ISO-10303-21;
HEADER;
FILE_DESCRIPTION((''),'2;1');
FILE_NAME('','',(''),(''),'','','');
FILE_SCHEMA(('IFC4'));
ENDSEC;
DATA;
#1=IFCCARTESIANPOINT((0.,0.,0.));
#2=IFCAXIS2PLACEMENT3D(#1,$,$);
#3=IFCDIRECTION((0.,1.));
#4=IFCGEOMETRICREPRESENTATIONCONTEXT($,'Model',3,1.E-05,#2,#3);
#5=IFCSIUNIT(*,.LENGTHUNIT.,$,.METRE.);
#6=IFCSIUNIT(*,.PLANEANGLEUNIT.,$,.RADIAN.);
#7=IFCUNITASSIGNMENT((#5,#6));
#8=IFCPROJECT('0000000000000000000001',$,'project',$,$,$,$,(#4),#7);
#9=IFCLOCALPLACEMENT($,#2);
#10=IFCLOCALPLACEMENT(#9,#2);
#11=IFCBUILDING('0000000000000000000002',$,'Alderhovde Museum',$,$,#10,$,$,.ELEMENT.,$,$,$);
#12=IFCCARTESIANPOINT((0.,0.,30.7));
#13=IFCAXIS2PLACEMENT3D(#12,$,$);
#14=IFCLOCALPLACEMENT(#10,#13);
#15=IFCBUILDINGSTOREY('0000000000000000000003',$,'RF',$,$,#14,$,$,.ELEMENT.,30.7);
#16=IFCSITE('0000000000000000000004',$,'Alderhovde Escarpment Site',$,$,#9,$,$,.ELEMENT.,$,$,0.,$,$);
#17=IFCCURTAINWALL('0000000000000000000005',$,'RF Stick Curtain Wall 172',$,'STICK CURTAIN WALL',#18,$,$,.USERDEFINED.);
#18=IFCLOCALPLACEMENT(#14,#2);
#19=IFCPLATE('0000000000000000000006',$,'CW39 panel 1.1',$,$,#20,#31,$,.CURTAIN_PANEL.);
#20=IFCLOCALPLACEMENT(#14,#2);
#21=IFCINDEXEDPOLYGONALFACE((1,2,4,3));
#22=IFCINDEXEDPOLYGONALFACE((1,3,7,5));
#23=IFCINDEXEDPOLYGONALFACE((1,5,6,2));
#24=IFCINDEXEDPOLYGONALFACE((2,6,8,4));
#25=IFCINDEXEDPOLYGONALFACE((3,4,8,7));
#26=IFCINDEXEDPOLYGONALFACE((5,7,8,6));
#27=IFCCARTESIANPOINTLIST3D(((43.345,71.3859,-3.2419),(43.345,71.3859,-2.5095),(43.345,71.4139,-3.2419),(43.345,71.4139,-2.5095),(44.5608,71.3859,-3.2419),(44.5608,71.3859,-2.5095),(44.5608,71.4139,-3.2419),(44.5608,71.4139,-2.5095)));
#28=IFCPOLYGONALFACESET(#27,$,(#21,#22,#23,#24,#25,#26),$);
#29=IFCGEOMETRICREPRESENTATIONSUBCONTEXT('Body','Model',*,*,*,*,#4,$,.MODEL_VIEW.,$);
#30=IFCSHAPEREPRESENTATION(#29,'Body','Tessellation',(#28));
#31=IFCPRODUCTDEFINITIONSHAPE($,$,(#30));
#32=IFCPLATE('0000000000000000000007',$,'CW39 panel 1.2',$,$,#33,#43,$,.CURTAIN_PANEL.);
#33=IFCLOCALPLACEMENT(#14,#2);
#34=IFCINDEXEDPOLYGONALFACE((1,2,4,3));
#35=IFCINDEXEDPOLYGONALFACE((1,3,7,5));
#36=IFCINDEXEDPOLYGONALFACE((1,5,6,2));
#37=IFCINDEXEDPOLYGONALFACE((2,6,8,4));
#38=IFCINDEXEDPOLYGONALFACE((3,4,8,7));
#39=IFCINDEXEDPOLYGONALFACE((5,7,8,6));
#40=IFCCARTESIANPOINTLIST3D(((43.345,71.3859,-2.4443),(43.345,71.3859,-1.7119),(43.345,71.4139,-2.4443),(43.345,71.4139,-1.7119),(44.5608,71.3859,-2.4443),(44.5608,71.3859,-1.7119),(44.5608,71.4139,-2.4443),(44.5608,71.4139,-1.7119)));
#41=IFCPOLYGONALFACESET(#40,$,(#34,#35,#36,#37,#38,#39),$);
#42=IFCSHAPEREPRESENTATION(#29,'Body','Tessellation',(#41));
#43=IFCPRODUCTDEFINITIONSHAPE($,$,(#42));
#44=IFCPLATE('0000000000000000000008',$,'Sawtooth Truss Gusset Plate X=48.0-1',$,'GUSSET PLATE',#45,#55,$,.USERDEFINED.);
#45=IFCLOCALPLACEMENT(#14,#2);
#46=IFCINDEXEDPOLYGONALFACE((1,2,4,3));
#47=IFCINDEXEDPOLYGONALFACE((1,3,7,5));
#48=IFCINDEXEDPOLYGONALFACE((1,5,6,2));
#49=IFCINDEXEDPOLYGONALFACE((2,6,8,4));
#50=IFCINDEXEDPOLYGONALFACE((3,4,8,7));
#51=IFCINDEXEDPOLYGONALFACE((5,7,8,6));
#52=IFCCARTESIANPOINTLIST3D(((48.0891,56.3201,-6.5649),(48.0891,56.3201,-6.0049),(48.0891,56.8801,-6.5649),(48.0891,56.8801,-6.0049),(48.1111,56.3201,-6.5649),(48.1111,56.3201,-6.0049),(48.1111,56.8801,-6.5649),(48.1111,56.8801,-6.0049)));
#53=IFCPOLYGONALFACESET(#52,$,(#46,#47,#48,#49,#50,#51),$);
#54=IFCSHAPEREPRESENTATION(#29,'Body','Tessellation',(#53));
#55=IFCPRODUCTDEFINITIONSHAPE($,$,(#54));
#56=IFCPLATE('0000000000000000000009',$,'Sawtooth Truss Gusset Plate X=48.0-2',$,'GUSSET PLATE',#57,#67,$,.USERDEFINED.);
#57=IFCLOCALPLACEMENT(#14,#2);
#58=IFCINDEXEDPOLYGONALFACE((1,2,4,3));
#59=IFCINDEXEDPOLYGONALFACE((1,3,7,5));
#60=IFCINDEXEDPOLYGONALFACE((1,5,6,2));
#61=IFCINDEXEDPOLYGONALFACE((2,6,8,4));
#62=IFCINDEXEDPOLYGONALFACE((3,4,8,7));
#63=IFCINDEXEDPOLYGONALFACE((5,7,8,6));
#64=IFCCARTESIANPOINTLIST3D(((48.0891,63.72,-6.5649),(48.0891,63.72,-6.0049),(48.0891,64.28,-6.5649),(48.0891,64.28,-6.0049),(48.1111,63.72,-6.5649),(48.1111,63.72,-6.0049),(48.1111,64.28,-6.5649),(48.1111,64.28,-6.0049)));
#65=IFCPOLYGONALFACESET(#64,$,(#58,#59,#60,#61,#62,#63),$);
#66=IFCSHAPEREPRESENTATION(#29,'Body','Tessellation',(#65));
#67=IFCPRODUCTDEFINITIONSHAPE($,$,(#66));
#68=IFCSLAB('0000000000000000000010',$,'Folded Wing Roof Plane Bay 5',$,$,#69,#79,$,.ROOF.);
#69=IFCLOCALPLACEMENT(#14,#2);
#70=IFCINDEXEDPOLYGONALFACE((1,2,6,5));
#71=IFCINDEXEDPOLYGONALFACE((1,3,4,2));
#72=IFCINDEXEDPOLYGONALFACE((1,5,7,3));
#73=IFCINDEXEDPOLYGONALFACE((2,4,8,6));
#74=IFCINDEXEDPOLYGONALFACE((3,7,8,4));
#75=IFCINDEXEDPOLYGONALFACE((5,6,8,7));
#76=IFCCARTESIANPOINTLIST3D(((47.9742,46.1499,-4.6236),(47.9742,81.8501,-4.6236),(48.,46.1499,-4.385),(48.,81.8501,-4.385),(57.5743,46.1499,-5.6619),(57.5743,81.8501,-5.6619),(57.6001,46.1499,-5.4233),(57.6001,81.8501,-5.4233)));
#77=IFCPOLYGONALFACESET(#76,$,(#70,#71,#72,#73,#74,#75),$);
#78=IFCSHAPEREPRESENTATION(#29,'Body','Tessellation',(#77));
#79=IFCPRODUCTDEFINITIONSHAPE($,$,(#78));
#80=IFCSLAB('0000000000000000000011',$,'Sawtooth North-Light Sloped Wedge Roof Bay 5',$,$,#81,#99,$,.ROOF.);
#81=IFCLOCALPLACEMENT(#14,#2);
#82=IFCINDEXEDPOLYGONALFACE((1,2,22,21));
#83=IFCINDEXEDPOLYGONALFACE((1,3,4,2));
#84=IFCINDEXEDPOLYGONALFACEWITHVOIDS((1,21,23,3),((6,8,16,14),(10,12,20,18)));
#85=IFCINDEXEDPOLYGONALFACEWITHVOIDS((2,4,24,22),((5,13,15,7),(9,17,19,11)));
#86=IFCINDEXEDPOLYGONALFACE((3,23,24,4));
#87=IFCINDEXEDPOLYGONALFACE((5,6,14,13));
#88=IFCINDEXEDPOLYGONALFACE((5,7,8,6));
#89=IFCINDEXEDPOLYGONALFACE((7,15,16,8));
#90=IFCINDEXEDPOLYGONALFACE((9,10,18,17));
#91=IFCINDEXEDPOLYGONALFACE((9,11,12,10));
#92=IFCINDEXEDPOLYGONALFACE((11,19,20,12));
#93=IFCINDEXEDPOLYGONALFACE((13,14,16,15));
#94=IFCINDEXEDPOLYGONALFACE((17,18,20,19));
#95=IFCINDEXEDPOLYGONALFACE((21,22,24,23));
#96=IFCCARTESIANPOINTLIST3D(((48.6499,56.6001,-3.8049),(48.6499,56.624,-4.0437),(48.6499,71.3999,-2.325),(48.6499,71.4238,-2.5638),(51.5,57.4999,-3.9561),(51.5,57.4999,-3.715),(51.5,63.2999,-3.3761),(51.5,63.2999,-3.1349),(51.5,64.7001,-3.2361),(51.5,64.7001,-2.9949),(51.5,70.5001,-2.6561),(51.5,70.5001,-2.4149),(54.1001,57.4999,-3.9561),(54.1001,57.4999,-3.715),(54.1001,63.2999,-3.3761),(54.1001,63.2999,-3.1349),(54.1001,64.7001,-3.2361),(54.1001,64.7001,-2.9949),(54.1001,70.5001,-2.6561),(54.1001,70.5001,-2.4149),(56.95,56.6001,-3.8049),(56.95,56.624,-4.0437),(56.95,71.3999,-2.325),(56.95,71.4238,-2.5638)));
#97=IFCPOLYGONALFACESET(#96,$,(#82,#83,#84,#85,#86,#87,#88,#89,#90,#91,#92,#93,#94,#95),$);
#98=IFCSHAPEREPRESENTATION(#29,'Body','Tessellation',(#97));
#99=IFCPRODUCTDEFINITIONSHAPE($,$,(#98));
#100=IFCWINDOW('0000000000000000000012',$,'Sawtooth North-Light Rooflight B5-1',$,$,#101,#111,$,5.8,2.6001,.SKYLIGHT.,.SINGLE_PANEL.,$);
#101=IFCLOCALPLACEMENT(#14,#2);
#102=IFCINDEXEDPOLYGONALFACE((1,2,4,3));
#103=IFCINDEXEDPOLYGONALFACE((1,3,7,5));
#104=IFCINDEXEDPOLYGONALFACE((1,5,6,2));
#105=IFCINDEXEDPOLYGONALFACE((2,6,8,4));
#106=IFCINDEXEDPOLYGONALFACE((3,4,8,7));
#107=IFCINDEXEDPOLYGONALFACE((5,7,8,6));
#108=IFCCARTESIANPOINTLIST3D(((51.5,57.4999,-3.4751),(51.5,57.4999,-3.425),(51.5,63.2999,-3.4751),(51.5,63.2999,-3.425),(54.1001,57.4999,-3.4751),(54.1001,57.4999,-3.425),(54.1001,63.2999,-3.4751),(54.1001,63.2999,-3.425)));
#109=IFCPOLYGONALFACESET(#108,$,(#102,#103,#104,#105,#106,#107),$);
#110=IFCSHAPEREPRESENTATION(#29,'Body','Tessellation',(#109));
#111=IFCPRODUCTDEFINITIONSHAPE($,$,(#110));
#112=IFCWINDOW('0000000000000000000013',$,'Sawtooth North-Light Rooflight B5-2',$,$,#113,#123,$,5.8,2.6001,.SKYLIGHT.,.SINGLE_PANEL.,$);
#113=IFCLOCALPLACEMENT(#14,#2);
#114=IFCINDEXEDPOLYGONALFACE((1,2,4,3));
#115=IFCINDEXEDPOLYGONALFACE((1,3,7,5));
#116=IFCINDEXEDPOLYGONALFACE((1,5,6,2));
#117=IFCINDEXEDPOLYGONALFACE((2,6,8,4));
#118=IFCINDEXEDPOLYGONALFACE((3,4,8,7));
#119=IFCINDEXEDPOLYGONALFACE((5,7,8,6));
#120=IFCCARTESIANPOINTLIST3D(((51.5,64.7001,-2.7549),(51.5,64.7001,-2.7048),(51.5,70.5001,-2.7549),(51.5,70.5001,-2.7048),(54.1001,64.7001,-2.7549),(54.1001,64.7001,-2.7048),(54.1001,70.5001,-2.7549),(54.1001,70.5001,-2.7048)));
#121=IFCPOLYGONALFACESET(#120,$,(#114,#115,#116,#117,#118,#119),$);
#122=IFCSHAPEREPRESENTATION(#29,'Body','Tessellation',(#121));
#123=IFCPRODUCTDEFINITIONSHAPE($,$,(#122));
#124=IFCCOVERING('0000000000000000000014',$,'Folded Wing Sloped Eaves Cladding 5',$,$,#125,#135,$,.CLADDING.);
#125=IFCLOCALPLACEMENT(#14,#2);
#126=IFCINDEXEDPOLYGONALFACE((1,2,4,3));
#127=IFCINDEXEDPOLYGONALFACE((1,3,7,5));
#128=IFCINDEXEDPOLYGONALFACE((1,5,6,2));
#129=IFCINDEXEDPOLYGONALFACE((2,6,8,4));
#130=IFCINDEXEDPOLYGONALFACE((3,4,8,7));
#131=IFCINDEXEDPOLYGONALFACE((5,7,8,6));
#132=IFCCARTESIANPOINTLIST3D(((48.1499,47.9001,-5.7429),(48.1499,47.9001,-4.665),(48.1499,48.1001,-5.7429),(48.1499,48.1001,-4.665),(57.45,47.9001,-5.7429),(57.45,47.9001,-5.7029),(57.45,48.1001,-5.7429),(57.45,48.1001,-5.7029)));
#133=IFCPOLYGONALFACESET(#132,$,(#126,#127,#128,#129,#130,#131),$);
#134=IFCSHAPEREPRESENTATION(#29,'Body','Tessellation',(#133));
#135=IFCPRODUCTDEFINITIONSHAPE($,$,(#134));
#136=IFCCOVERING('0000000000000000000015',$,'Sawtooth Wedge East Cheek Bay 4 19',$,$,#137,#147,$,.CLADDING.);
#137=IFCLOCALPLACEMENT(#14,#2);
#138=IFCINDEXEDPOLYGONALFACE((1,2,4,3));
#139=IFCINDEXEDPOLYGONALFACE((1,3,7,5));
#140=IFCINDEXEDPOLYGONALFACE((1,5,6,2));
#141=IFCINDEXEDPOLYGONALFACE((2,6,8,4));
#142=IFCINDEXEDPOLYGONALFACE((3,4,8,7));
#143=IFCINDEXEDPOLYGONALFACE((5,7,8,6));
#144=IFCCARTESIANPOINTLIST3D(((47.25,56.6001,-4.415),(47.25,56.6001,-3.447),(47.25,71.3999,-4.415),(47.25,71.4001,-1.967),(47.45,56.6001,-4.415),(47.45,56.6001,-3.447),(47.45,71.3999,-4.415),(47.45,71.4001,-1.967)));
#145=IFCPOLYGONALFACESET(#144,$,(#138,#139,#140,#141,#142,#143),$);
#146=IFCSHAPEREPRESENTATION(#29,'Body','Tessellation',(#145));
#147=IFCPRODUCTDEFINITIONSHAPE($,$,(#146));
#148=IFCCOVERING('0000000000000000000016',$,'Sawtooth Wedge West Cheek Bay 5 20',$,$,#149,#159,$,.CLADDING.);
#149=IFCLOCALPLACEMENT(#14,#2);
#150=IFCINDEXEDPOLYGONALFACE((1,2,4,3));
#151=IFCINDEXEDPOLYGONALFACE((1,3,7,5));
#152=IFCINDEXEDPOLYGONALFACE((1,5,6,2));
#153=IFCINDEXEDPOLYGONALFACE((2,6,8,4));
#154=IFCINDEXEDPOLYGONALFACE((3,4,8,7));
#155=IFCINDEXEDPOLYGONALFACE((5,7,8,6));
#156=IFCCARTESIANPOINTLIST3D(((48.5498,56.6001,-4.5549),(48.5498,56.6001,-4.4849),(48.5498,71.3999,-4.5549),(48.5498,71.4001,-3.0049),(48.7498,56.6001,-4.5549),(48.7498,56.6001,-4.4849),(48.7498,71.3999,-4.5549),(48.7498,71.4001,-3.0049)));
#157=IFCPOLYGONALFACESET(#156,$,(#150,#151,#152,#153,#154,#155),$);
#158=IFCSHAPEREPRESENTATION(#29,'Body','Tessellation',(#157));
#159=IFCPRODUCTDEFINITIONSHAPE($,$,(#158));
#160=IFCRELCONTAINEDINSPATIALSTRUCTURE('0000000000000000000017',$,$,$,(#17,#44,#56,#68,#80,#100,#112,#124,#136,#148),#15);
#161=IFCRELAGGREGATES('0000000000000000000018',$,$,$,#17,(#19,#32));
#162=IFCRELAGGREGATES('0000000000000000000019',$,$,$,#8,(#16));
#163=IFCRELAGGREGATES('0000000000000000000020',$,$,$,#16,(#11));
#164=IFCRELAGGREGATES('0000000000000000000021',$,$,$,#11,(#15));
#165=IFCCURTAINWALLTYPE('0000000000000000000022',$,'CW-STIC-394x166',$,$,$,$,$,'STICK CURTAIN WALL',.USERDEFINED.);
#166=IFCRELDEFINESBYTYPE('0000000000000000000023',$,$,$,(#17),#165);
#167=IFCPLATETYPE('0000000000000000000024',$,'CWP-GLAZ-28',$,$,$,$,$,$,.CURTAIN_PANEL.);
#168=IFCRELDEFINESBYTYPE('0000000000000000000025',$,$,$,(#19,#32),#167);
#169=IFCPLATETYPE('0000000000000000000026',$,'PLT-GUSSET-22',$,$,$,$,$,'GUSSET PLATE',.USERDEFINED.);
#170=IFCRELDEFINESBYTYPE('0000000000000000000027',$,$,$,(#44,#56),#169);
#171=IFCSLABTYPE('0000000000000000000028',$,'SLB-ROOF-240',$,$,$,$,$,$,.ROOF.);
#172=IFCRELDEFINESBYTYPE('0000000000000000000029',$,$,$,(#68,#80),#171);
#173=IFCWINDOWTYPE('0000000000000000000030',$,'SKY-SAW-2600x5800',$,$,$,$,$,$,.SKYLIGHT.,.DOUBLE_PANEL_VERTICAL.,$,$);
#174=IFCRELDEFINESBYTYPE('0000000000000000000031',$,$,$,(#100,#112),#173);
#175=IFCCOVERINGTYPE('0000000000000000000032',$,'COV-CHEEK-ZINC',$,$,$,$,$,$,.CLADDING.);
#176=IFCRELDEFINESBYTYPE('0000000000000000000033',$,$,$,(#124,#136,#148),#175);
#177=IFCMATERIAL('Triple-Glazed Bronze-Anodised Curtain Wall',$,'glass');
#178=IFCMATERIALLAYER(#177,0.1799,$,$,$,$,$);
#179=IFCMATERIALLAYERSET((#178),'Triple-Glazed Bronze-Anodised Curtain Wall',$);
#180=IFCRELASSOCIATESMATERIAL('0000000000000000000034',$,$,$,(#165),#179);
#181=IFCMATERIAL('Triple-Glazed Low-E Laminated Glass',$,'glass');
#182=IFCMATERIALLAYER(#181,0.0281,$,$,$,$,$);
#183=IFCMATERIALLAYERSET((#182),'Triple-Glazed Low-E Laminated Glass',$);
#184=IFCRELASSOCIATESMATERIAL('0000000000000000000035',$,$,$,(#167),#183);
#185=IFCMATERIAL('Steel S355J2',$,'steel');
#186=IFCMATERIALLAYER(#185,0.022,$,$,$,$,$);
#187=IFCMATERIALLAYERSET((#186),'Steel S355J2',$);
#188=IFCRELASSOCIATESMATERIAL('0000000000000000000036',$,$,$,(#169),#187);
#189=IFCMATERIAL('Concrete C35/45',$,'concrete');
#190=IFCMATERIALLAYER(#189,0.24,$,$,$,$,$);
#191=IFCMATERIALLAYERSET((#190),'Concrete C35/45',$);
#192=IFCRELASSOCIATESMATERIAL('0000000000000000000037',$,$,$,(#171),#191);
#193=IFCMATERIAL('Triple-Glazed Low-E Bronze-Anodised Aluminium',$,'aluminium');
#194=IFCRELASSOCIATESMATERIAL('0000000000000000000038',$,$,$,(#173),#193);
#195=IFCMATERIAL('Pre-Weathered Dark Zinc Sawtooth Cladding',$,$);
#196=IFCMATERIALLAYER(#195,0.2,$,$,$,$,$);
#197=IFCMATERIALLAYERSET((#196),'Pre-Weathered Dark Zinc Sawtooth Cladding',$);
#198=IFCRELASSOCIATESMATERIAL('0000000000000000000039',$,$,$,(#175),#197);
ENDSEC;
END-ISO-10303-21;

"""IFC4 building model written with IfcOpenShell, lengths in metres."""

from ifc_helpers import new_model, si_unit, direction, frame, origin, origin_2d, place, context, subcontext, project, spatial, polyline, rectangle, outline, extrude, material, layer, layer_set, type_object, element, fill, aggregate, save


model = new_model("IFC4")

# Units and contexts
model_context = context("Model", 3, precision=1e-05, world=origin(), true_north=direction((0.0, 1.0)))
body_context = subcontext(model_context, "Body", "Model", "MODEL_VIEW")
ifc_project = project(units=[si_unit("LENGTHUNIT", "METRE"), si_unit("PLANEANGLEUNIT", "RADIAN")], contexts=[model_context])

# Site, building, storey
site_placement = place(None, origin())
site = spatial("IfcSite", under=ifc_project, at=site_placement, Name="Alderhovde Escarpment Site", CompositionType="ELEMENT", RefElevation=0.0)
building_placement = place(site_placement, origin())
building = spatial("IfcBuilding", under=site, at=building_placement, Name="Alderhovde Museum", CompositionType="ELEMENT")
storey_placement = place(building_placement, frame((0.0, 0.0, 30.7)))
storey = spatial("IfcBuildingStorey", under=building, at=storey_placement, Name="RF", CompositionType="ELEMENT", Elevation=30.7)

# Curtain wall
ifc_material_1 = material(Name="Triple-Glazed Bronze-Anodised Curtain Wall", Category="glass")
ifc_layer_1 = layer(ifc_material_1, 0.1799)
ifc_layer_set_1 = layer_set([ifc_layer_1], Name="Triple-Glazed Bronze-Anodised Curtain Wall")
curtain_wall_type = type_object("IfcCurtainWallType", Name="CW-STIC-394x166", ElementType="STICK CURTAIN WALL", PredefinedType="USERDEFINED", material=ifc_layer_set_1)
curtain_wall_placement = place(storey_placement, origin())
curtain_wall = element("IfcCurtainWall", 1, at=curtain_wall_placement, inside=storey, type_object=curtain_wall_type, Name="RF Stick Curtain Wall 172", ObjectType="STICK CURTAIN WALL", PredefinedType="USERDEFINED")

# Plates
ifc_material_2 = material(Name="Triple-Glazed Low-E Laminated Glass", Category="glass")
ifc_layer_2 = layer(ifc_material_2, 0.0281)
ifc_layer_set_2 = layer_set([ifc_layer_2], Name="Triple-Glazed Low-E Laminated Glass")
plate_type_1 = type_object("IfcPlateType", Name="CWP-GLAZ-28", PredefinedType="CURTAIN_PANEL", material=ifc_layer_set_2)
plate_1_placement = place(storey_placement, frame((43.9529, 71.3999, -3.2419), z_axis=(0.0, 0.0, 1.0), x_axis=(1.0, 0.0, 0.0)))
plate_1 = element("IfcPlate", 2, at=plate_1_placement, type_object=plate_type_1, Name="CW39 panel 1.1", PredefinedType="CURTAIN_PANEL", context=body_context, shape_type="SweptSolid", body=[
    extrude(rectangle(XDim=1.2158, YDim=0.0281, at=origin_2d()), origin(), (0.0, 0.0, 1.0), 0.7324),
])
plate_2_placement = place(storey_placement, frame((43.9529, 71.3999, -2.4443), z_axis=(0.0, 0.0, 1.0), x_axis=(1.0, 0.0, 0.0)))
plate_2 = element("IfcPlate", 3, at=plate_2_placement, type_object=plate_type_1, Name="CW39 panel 1.2", PredefinedType="CURTAIN_PANEL", context=body_context, shape_type="SweptSolid", body=[
    extrude(rectangle(XDim=1.2158, YDim=0.0281, at=origin_2d()), origin(), (0.0, 0.0, 1.0), 0.7324),
])
aggregate(curtain_wall, [plate_1, plate_2])

# Plates
ifc_material_3 = material(Name="Steel S355J2", Category="steel")
ifc_layer_3 = layer(ifc_material_3, 0.022)
ifc_layer_set_3 = layer_set([ifc_layer_3], Name="Steel S355J2")
plate_type_2 = type_object("IfcPlateType", Name="PLT-GUSSET-22", ElementType="GUSSET PLATE", PredefinedType="USERDEFINED", material=ifc_layer_set_3)
for number, where, z_axis, x_axis, name in (
    (4, (48.1001, 56.6001, -6.5649), (0.0, 0.0, 1.0), (1.0, 0.0, 0.0), "Sawtooth Truss Gusset Plate X=48.0-1"),
    (5, (48.1001, 64.0, -6.5649), (0.0, 0.0, 1.0), (1.0, 0.0, 0.0), "Sawtooth Truss Gusset Plate X=48.0-2"),
):
    element("IfcPlate", number, at=place(storey_placement, frame(where, z_axis=z_axis, x_axis=x_axis)), inside=storey, type_object=plate_type_2, Name=name, ObjectType="GUSSET PLATE", PredefinedType="USERDEFINED", context=body_context, shape_type="SweptSolid", body=[
        extrude(rectangle(XDim=0.022, YDim=0.5601, at=origin_2d()), origin(), (0.0, 0.0, 1.0), 0.5601),
    ])

# Slab
ifc_material_4 = material(Name="Concrete C35/45", Category="concrete")
ifc_layer_4 = layer(ifc_material_4, 0.24)
ifc_layer_set_4 = layer_set([ifc_layer_4], Name="Concrete C35/45")
slab_type = type_object("IfcSlabType", Name="SLB-ROOF-240", PredefinedType="ROOF", material=ifc_layer_set_4)
slab_1_placement = place(storey_placement, frame((48.0, 46.1499, -4.385), z_axis=(0.107531, 0.0, 0.994202), x_axis=(0.994202, 0.0, -0.107531)))
element("IfcSlab", 6, at=slab_1_placement, inside=storey, type_object=slab_type, Name="Folded Wing Roof Plane Bay 5", PredefinedType="ROOF", context=body_context, shape_type="SweptSolid", body=[
    extrude(outline(polyline([(0.0, 0.0), (9.6561, 0.0), (9.6561, 35.7002), (0.0, 35.7002), (0.0, 0.0)])), origin(), (0.0, 0.0, -1.0), 0.24),
])

# Slab, openings, windows
slab_2_placement = place(storey_placement, frame((48.6499, 56.6001, -3.8049), z_axis=(0.0, -0.099504, 0.995037), x_axis=(1.0, 0.0, 0.0)))
slab_2 = element("IfcSlab", 7, at=slab_2_placement, inside=storey, type_object=slab_type, Name="Sawtooth North-Light Sloped Wedge Roof Bay 5", PredefinedType="ROOF", context=body_context, shape_type="SweptSolid", body=[
    extrude(outline(polyline([(0.0, 0.0), (8.3, 0.0), (8.3, 14.8736), (0.0, 14.8736), (0.0, 0.0)])), origin(), (0.0, 0.0, -1.0), 0.24),
])
opening_1_placement = place(storey_placement, frame((52.8, 60.3999, -5.165)))
opening_1 = element("IfcOpeningElement", 8, at=opening_1_placement, cuts=slab_2, PredefinedType="OPENING", context=body_context, shape_type="SweptSolid", body=[
    extrude(rectangle(XDim=2.6001, YDim=5.8, at=origin_2d()), origin(), (0.0, 0.0, 1.0), 3.24),
])
opening_2_placement = place(storey_placement, frame((52.8, 67.6001, -4.4448)))
opening_2 = element("IfcOpeningElement", 9, at=opening_2_placement, cuts=slab_2, PredefinedType="OPENING", context=body_context, shape_type="SweptSolid", body=[
    extrude(rectangle(XDim=2.6001, YDim=5.8, at=origin_2d()), origin(), (0.0, 0.0, 1.0), 3.24),
])
ifc_material_5 = material(Name="Triple-Glazed Low-E Bronze-Anodised Aluminium", Category="aluminium")
window_type = type_object("IfcWindowType", Name="SKY-SAW-2600x5800", PartitioningType="DOUBLE_PANEL_VERTICAL", PredefinedType="SKYLIGHT", material=ifc_material_5)
window_1_placement = place(opening_1_placement, frame((0.0, 0.0, 1.6899)))
window_1 = element("IfcWindow", 10, at=window_1_placement, inside=storey, type_object=window_type, Name="Sawtooth North-Light Rooflight B5-1", OverallHeight=5.8, OverallWidth=2.6001, PartitioningType="SINGLE_PANEL", PredefinedType="SKYLIGHT", context=body_context, shape_type="SweptSolid", body=[
    extrude(rectangle(XDim=2.6001, YDim=5.8, at=origin_2d()), origin(), (0.0, 0.0, 1.0), 0.05),
])
fill(opening_1, window_1)
window_2_placement = place(opening_2_placement, frame((0.0, 0.0, 1.6899)))
window_2 = element("IfcWindow", 11, at=window_2_placement, inside=storey, type_object=window_type, Name="Sawtooth North-Light Rooflight B5-2", OverallHeight=5.8, OverallWidth=2.6001, PartitioningType="SINGLE_PANEL", PredefinedType="SKYLIGHT", context=body_context, shape_type="SweptSolid", body=[
    extrude(rectangle(XDim=2.6001, YDim=5.8, at=origin_2d()), origin(), (0.0, 0.0, 1.0), 0.05),
])
fill(opening_2, window_2)

# Coverings
ifc_material_6 = material(Name="Pre-Weathered Dark Zinc Sawtooth Cladding")
ifc_layer_5 = layer(ifc_material_6, 0.2)
ifc_layer_set_5 = layer_set([ifc_layer_5], Name="Pre-Weathered Dark Zinc Sawtooth Cladding")
covering_type = type_object("IfcCoveringType", Name="COV-CHEEK-ZINC", PredefinedType="CLADDING", material=ifc_layer_set_5)
covering_1_placement = place(storey_placement, frame((48.1499, 48.0, -5.7429), z_axis=(0.0, 0.0, 1.0), x_axis=(1.0, 0.0, 0.0)))
element("IfcCovering", 12, at=covering_1_placement, inside=storey, type_object=covering_type, Name="Folded Wing Sloped Eaves Cladding 5", PredefinedType="CLADDING", context=body_context, shape_type="SweptSolid", body=[
    extrude(outline(polyline([(0.0, 0.0), (9.3, 0.0), (9.3, 0.04), (0.0, 1.0779), (0.0, 0.0)])), frame((0.0, 0.1001, 0.0), z_axis=(0.0, -1.0, 0.0), x_axis=(1.0, 0.0, 0.0)), (0.0, 0.0, 1.0), 0.2),
])
covering_2_placement = place(storey_placement, frame((47.3501, 56.6001, -4.415), z_axis=(0.0, 0.0, 1.0), x_axis=(0.0, 1.0, 0.0)))
element("IfcCovering", 13, at=covering_2_placement, inside=storey, type_object=covering_type, Name="Sawtooth Wedge East Cheek Bay 4 19", PredefinedType="CLADDING", context=body_context, shape_type="SweptSolid", body=[
    extrude(outline(polyline([(0.0, 0.0), (14.7998, 0.0), (14.8, 2.448), (0.0, 0.968), (0.0, 0.0)])), frame((0.0, 0.1001, 0.0), z_axis=(0.0, -1.0, 0.0), x_axis=(1.0, 0.0, 0.0)), (0.0, 0.0, 1.0), 0.2),
])
covering_3_placement = place(storey_placement, frame((48.6499, 56.6001, -4.5549), z_axis=(0.0, 0.0, 1.0), x_axis=(0.0, 1.0, 0.0)))
element("IfcCovering", 14, at=covering_3_placement, inside=storey, type_object=covering_type, Name="Sawtooth Wedge West Cheek Bay 5 20", PredefinedType="CLADDING", context=body_context, shape_type="SweptSolid", body=[
    extrude(outline(polyline([(0.0, 0.0), (14.7998, 0.0), (14.8, 1.55), (0.0, 0.0701), (0.0, 0.0)])), frame((0.0, 0.1001, 0.0), z_axis=(0.0, -1.0, 0.0), x_axis=(1.0, 0.0, 0.0)), (0.0, 0.0, 1.0), 0.2),
])

save(model, "model.ifc")
